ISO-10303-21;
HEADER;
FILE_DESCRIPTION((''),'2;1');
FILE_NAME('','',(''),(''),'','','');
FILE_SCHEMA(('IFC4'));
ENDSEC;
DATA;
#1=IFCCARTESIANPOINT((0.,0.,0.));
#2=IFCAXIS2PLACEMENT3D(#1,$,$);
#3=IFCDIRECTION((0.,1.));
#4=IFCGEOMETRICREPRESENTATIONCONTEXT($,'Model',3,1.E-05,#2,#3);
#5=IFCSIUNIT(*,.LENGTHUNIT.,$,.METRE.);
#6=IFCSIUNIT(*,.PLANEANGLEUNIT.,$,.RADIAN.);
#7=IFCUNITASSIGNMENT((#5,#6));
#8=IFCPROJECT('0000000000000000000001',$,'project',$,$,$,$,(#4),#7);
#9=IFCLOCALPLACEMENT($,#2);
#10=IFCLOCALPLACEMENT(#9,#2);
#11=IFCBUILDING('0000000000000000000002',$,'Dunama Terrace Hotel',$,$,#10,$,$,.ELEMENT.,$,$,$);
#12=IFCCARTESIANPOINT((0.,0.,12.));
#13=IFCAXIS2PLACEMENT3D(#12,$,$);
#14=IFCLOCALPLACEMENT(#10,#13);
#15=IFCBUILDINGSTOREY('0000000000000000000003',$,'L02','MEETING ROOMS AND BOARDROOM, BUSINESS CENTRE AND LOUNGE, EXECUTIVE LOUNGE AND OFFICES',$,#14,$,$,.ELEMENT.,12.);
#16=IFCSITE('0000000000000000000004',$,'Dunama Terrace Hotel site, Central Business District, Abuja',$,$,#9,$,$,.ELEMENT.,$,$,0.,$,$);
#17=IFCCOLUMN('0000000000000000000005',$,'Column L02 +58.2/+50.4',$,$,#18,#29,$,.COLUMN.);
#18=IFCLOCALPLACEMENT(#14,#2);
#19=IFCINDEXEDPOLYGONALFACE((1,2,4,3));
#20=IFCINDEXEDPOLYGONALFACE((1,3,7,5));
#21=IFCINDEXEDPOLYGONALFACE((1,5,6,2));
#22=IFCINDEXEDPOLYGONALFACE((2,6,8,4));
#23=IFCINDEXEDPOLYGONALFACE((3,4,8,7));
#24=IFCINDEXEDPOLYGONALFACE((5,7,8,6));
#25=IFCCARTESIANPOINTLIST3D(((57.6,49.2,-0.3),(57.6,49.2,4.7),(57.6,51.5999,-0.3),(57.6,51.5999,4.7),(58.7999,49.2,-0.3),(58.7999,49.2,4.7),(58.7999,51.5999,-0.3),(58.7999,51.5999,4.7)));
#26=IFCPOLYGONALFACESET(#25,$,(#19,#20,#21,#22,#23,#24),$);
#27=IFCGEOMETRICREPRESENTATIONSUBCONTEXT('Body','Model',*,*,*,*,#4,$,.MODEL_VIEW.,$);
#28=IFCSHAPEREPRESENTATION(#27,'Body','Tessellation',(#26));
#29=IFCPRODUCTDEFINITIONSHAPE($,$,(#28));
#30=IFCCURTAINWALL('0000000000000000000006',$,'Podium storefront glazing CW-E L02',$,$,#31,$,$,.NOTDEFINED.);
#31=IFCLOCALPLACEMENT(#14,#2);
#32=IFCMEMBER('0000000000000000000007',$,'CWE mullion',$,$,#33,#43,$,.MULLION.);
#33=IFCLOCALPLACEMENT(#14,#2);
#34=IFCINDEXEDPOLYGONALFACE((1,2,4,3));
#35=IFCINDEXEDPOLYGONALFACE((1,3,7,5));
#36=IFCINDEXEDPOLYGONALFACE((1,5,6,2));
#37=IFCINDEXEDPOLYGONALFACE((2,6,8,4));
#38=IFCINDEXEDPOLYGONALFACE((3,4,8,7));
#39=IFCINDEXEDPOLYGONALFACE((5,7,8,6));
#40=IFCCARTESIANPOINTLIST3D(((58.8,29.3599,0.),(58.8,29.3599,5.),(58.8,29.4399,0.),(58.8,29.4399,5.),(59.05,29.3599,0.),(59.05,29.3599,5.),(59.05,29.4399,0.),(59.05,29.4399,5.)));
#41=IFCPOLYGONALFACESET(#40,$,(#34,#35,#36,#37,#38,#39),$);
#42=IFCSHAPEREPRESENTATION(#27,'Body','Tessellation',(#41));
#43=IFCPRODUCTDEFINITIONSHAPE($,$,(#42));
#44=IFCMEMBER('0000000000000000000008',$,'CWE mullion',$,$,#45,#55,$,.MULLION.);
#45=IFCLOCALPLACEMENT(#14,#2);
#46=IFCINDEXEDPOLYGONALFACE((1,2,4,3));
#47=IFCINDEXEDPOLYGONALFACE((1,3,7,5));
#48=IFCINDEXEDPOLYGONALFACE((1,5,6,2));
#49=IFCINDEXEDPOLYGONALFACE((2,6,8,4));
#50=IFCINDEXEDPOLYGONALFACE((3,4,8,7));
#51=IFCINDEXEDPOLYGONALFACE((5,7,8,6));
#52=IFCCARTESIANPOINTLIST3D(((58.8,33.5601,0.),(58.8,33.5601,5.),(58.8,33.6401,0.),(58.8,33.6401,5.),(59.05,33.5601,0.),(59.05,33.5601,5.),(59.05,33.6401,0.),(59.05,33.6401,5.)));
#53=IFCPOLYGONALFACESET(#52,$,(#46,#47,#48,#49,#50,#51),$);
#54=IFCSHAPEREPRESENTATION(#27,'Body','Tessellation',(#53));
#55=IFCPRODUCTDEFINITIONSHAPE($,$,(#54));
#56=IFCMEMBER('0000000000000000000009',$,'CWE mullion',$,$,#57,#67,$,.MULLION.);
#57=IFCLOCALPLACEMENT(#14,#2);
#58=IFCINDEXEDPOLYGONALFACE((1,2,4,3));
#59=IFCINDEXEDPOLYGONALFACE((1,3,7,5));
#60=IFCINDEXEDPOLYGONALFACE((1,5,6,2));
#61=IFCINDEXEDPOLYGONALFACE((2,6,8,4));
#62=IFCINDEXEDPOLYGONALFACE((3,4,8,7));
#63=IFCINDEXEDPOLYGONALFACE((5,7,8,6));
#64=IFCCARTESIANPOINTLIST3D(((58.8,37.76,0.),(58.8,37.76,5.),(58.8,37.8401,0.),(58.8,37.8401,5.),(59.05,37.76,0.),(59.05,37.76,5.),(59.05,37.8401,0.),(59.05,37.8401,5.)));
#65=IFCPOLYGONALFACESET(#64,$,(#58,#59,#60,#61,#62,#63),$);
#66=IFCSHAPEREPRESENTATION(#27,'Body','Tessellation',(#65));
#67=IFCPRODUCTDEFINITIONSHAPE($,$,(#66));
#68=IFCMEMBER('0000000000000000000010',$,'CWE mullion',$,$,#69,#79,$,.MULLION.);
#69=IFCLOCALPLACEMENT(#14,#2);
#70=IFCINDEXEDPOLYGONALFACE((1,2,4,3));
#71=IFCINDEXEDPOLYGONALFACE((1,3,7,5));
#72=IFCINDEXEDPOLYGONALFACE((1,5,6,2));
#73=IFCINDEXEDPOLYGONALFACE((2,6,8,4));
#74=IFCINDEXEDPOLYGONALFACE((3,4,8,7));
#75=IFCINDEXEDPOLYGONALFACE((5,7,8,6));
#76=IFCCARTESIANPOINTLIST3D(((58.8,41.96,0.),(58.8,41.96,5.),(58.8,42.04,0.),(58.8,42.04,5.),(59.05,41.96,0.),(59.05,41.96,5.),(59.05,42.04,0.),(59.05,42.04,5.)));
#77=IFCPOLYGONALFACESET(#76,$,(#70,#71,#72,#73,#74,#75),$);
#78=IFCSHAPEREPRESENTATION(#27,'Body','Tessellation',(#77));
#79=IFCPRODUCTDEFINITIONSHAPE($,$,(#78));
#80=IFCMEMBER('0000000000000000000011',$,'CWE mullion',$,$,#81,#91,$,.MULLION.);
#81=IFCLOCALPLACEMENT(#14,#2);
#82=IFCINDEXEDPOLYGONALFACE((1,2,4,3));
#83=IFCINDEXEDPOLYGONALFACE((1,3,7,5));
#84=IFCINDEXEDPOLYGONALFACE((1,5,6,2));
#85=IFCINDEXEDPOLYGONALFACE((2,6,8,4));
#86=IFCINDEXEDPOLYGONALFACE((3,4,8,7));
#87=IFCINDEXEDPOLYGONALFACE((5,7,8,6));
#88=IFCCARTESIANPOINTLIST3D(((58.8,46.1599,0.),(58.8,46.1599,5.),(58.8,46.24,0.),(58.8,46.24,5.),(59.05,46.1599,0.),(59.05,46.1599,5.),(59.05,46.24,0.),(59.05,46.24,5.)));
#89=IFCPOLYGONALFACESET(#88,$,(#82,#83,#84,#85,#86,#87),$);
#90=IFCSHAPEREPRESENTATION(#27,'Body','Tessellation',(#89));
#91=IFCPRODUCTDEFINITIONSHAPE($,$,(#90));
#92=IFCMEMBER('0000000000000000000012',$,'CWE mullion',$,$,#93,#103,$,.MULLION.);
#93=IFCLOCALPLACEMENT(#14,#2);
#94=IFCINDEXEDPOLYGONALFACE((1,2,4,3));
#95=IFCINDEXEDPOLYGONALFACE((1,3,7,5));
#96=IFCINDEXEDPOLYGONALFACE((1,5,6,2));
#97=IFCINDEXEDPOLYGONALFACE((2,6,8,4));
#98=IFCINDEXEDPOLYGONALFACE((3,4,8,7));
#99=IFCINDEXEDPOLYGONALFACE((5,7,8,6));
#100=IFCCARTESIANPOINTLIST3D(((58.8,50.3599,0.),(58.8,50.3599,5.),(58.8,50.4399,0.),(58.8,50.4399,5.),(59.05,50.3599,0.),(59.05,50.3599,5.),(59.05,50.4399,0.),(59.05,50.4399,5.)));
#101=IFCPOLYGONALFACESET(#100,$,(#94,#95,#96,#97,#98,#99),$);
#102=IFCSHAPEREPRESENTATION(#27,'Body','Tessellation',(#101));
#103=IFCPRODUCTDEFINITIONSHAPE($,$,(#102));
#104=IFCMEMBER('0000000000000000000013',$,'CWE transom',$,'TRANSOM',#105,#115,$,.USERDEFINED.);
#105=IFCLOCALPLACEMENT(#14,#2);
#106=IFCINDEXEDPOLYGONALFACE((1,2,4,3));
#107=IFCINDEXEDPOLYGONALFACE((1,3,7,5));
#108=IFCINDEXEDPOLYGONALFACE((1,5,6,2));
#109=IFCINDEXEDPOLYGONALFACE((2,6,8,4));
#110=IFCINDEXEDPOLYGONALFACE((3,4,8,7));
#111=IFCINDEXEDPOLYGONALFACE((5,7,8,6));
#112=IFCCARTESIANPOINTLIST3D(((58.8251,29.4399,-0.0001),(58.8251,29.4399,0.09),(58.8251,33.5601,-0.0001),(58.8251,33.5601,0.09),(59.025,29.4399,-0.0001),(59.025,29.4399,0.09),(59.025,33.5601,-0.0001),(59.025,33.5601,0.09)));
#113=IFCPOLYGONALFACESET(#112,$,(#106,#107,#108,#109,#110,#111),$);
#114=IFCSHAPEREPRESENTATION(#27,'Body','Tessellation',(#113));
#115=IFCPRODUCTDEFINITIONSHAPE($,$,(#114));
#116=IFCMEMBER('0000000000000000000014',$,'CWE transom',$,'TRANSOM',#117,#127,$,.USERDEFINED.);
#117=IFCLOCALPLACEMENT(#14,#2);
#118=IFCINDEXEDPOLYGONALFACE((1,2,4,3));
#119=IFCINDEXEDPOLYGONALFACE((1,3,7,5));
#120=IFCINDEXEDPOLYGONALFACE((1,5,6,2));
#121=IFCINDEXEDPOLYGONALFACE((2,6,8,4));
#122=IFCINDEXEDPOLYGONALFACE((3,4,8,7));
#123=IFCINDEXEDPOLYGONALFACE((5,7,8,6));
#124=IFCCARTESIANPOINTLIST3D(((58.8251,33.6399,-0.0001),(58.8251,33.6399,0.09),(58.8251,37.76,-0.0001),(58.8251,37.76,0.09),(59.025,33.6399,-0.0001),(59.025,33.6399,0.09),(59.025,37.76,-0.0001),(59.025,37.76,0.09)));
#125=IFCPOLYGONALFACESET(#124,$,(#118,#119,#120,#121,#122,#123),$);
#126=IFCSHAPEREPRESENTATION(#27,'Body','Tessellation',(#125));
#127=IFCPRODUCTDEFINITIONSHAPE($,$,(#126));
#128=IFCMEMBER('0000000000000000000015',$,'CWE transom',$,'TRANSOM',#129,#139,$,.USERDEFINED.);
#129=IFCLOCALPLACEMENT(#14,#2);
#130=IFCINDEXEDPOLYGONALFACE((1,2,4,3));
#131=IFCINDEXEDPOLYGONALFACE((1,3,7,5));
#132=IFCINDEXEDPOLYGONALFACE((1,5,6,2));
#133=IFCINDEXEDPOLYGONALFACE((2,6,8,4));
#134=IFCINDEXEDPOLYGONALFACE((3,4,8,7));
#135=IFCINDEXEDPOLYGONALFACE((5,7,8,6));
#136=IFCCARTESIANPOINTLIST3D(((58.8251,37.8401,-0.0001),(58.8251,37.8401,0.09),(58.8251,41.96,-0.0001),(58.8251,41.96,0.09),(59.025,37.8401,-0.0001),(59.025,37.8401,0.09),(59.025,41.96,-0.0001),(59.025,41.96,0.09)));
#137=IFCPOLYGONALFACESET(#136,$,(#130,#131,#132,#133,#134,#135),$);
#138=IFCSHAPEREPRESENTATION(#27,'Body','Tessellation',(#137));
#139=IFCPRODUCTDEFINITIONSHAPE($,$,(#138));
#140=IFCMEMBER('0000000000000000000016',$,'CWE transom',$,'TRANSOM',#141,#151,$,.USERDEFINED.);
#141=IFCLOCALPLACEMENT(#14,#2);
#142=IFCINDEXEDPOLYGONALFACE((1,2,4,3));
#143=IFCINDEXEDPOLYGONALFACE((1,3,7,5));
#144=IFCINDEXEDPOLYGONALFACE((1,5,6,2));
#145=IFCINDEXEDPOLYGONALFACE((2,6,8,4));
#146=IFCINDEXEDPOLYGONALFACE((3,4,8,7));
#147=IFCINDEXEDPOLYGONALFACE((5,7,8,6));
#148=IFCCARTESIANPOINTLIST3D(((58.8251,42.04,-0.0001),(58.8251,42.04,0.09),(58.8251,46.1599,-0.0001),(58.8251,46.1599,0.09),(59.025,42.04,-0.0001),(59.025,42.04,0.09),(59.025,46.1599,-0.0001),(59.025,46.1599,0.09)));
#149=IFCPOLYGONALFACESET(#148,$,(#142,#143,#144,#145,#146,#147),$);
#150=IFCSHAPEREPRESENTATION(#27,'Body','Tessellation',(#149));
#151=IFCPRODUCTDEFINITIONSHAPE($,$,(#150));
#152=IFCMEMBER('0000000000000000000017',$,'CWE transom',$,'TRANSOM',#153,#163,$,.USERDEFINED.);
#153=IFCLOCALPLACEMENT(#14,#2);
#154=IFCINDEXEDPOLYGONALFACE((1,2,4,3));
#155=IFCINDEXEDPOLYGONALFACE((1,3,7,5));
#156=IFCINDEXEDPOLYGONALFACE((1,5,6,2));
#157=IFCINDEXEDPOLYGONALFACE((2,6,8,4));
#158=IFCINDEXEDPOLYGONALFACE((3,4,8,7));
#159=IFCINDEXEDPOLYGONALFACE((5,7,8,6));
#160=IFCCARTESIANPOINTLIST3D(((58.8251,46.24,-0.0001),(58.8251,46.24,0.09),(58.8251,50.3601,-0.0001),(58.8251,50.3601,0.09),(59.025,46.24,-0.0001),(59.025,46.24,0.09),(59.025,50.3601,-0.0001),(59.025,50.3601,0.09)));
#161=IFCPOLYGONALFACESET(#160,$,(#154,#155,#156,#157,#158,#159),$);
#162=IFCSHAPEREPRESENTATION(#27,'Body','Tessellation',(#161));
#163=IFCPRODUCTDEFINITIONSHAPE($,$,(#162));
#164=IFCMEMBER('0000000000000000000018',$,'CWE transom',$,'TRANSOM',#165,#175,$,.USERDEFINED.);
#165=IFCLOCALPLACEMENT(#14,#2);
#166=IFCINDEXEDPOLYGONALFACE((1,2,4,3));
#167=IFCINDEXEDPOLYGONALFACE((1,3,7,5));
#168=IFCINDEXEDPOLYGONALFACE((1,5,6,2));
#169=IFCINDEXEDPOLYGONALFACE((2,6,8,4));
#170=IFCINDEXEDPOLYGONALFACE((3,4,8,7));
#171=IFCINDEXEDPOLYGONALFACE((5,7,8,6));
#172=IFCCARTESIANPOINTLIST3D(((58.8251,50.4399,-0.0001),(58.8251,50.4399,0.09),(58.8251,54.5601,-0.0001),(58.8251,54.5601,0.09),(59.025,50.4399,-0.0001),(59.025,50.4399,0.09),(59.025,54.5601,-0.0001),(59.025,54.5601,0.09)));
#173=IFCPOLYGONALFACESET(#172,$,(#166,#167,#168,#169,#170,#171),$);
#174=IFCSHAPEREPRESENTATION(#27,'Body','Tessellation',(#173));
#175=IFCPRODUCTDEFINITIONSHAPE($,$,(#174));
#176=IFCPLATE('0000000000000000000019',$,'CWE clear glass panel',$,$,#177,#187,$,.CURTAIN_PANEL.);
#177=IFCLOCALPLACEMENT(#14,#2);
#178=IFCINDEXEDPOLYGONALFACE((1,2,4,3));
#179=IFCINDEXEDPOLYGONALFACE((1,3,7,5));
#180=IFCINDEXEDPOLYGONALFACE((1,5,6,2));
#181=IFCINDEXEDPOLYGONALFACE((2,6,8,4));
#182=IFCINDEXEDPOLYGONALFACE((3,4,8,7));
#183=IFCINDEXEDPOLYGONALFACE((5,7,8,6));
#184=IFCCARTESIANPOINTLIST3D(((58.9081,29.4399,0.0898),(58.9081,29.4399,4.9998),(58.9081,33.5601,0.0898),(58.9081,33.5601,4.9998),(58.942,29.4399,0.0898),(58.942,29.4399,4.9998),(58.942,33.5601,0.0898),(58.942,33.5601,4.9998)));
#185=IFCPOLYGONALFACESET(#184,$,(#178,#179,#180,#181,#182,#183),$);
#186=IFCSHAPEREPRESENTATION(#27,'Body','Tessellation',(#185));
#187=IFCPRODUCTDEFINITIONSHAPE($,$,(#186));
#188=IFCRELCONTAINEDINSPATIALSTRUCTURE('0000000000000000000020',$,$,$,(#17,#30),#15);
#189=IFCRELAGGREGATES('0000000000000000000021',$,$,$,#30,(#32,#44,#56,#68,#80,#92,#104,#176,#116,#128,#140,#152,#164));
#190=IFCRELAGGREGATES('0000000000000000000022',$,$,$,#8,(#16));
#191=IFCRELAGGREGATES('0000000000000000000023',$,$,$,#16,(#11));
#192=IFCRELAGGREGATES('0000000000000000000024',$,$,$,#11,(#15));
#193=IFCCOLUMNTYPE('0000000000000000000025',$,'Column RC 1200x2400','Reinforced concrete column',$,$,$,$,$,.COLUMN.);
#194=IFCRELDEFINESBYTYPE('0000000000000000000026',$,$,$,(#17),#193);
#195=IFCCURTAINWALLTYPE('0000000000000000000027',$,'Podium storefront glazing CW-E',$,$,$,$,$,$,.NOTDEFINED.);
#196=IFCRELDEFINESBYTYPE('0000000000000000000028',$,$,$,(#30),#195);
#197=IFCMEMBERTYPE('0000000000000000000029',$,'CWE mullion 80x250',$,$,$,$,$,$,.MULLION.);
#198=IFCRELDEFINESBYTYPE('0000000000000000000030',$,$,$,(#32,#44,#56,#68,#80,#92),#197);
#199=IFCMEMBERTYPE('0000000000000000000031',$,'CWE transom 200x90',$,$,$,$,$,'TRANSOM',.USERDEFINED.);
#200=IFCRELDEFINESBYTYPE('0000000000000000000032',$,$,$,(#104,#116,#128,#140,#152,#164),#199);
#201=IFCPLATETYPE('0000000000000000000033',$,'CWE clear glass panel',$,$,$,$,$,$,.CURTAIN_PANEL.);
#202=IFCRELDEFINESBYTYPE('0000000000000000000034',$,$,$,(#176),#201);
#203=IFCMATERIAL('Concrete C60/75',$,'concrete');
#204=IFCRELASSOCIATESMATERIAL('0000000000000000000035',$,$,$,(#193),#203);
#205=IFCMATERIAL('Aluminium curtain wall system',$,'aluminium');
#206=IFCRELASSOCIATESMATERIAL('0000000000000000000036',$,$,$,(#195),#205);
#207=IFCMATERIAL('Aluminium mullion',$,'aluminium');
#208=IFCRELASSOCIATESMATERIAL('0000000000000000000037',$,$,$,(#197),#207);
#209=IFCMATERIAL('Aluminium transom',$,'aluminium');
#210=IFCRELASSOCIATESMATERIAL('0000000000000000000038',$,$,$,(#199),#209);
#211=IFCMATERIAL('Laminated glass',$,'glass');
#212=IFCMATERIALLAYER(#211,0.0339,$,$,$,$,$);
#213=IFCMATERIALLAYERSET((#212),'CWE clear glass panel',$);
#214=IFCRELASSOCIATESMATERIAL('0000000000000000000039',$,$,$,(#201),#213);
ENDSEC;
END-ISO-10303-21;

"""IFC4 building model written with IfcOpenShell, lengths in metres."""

from ifc_helpers import new_model, si_unit, direction, frame, origin, origin_2d, place, context, subcontext, project, spatial, rectangle, extrude, material, layer, layer_set, material_profile, profile_set, type_object, element, aggregate, save


model = new_model("IFC4")

# Units and contexts
model_context = context("Model", 3, precision=1e-05, world=origin(), true_north=direction((0.0, 1.0)))
body_context = subcontext(model_context, "Body", "Model", "MODEL_VIEW")
ifc_project = project(units=[si_unit("LENGTHUNIT", "METRE"), si_unit("PLANEANGLEUNIT", "RADIAN")], contexts=[model_context])

# Site, building, storey
site_placement = place(None, origin())
site = spatial("IfcSite", under=ifc_project, at=site_placement, Name="Dunama Terrace Hotel site, Central Business District, Abuja", CompositionType="ELEMENT", RefElevation=0.0)
building_placement = place(site_placement, origin())
building = spatial("IfcBuilding", under=site, at=building_placement, Name="Dunama Terrace Hotel", CompositionType="ELEMENT")
storey_placement = place(building_placement, frame((0.0, 0.0, 12.0)))
storey = spatial("IfcBuildingStorey", under=building, at=storey_placement, Name="L02", Description="MEETING ROOMS AND BOARDROOM, BUSINESS CENTRE AND LOUNGE, EXECUTIVE LOUNGE AND OFFICES", CompositionType="ELEMENT", Elevation=12.0)

# Column
ifc_material_1 = material(Name="Concrete C60/75", Category="concrete")
ifc_material_profile_1 = material_profile(ifc_material_1, rectangle(XDim=1.2, YDim=2.3999, at=origin_2d()), Name="RC 1200x2400")
ifc_profile_set_1 = profile_set([ifc_material_profile_1], Name="Concrete C60/75")
column_type = type_object("IfcColumnType", Name="Column RC 1200x2400", Description="Reinforced concrete column", PredefinedType="COLUMN", material=ifc_profile_set_1)
column_placement = place(storey_placement, frame((58.2, 50.3999, -0.3), z_axis=(0.0, 0.0, 1.0), x_axis=(1.0, 0.0, 0.0)))
element("IfcColumn", 1, at=column_placement, inside=storey, type_object=column_type, Name="Column L02 +58.2/+50.4", PredefinedType="COLUMN", context=body_context, shape_type="SweptSolid", body=[
    extrude(rectangle(XDim=1.2, YDim=2.3999, at=origin_2d()), origin(), (0.0, 0.0, 1.0), 5.0),
])

# Curtain wall, members, plate
ifc_material_2 = material(Name="Aluminium curtain wall system", Category="aluminium")
curtain_wall_type = type_object("IfcCurtainWallType", Name="Podium storefront glazing CW-E", PredefinedType="NOTDEFINED", material=ifc_material_2)
curtain_wall_placement = place(storey_placement, origin())
curtain_wall = element("IfcCurtainWall", 2, at=curtain_wall_placement, inside=storey, type_object=curtain_wall_type, Name="Podium storefront glazing CW-E L02", PredefinedType="NOTDEFINED")
ifc_material_3 = material(Name="Aluminium mullion", Category="aluminium")
ifc_material_profile_2 = material_profile(ifc_material_3, rectangle(XDim=0.0801, YDim=0.25, at=origin_2d()), Name="CWE MULLION 80X250")
ifc_profile_set_2 = profile_set([ifc_material_profile_2], Name="Aluminium mullion")
member_type_1 = type_object("IfcMemberType", Name="CWE mullion 80x250", PredefinedType="MULLION", material=ifc_profile_set_2)
member_1_placement = place(storey_placement, frame((58.925, 29.3999, 0.0), z_axis=(0.0, 0.0, 1.0), x_axis=(0.0, 1.0, 0.0)))
member_1 = element("IfcMember", 3, at=member_1_placement, type_object=member_type_1, Name="CWE mullion", PredefinedType="MULLION", context=body_context, shape_type="SweptSolid", body=[
    extrude(rectangle(XDim=0.0801, YDim=0.25, at=origin_2d()), origin(), (0.0, 0.0, 1.0), 5.0),
])
member_2_placement = place(storey_placement, frame((58.925, 33.6001, 0.0), z_axis=(0.0, 0.0, 1.0), x_axis=(0.0, 1.0, 0.0)))
member_2 = element("IfcMember", 4, at=member_2_placement, type_object=member_type_1, Name="CWE mullion", PredefinedType="MULLION", context=body_context, shape_type="SweptSolid", body=[
    extrude(rectangle(XDim=0.0801, YDim=0.25, at=origin_2d()), origin(), (0.0, 0.0, 1.0), 5.0),
])
member_3_placement = place(storey_placement, frame((58.925, 37.8, 0.0), z_axis=(0.0, 0.0, 1.0), x_axis=(0.0, 1.0, 0.0)))
member_3 = element("IfcMember", 5, at=member_3_placement, type_object=member_type_1, Name="CWE mullion", PredefinedType="MULLION", context=body_context, shape_type="SweptSolid", body=[
    extrude(rectangle(XDim=0.0801, YDim=0.25, at=origin_2d()), origin(), (0.0, 0.0, 1.0), 5.0),
])
member_4_placement = place(storey_placement, frame((58.925, 42.0, 0.0), z_axis=(0.0, 0.0, 1.0), x_axis=(0.0, 1.0, 0.0)))
member_4 = element("IfcMember", 6, at=member_4_placement, type_object=member_type_1, Name="CWE mullion", PredefinedType="MULLION", context=body_context, shape_type="SweptSolid", body=[
    extrude(rectangle(XDim=0.0801, YDim=0.25, at=origin_2d()), origin(), (0.0, 0.0, 1.0), 5.0),
])
member_5_placement = place(storey_placement, frame((58.925, 46.2, 0.0), z_axis=(0.0, 0.0, 1.0), x_axis=(0.0, 1.0, 0.0)))
member_5 = element("IfcMember", 7, at=member_5_placement, type_object=member_type_1, Name="CWE mullion", PredefinedType="MULLION", context=body_context, shape_type="SweptSolid", body=[
    extrude(rectangle(XDim=0.0801, YDim=0.25, at=origin_2d()), origin(), (0.0, 0.0, 1.0), 5.0),
])
member_6_placement = place(storey_placement, frame((58.925, 50.3999, 0.0), z_axis=(0.0, 0.0, 1.0), x_axis=(0.0, 1.0, 0.0)))
member_6 = element("IfcMember", 8, at=member_6_placement, type_object=member_type_1, Name="CWE mullion", PredefinedType="MULLION", context=body_context, shape_type="SweptSolid", body=[
    extrude(rectangle(XDim=0.0801, YDim=0.25, at=origin_2d()), origin(), (0.0, 0.0, 1.0), 5.0),
])
ifc_material_4 = material(Name="Aluminium transom", Category="aluminium")
ifc_material_profile_3 = material_profile(ifc_material_4, rectangle(XDim=0.2, YDim=0.0901, at=origin_2d()), Name="CWE TRANSOM 200X90")
ifc_profile_set_3 = profile_set([ifc_material_profile_3], Name="Aluminium transom")
member_type_2 = type_object("IfcMemberType", Name="CWE transom 200x90", ElementType="TRANSOM", PredefinedType="USERDEFINED", material=ifc_profile_set_3)
member_7_placement = place(storey_placement, frame((58.925, 29.4399, 0.0449), z_axis=(0.0, 1.0, 0.0), x_axis=(-1.0, 0.0, 0.0)))
member_7 = element("IfcMember", 9, at=member_7_placement, type_object=member_type_2, Name="CWE transom", ObjectType="TRANSOM", PredefinedType="USERDEFINED", context=body_context, shape_type="SweptSolid", body=[
    extrude(rectangle(XDim=0.2, YDim=0.0901, at=origin_2d()), origin(), (0.0, 0.0, 1.0), 4.1201),
])
member_8_placement = place(storey_placement, frame((58.925, 33.6399, 0.0449), z_axis=(0.0, 1.0, 0.0), x_axis=(-1.0, 0.0, 0.0)))
member_8 = element("IfcMember", 10, at=member_8_placement, type_object=member_type_2, Name="CWE transom", ObjectType="TRANSOM", PredefinedType="USERDEFINED", context=body_context, shape_type="SweptSolid", body=[
    extrude(rectangle(XDim=0.2, YDim=0.0901, at=origin_2d()), origin(), (0.0, 0.0, 1.0), 4.1201),
])
member_9_placement = place(storey_placement, frame((58.925, 37.8401, 0.0449), z_axis=(0.0, 1.0, 0.0), x_axis=(-1.0, 0.0, 0.0)))
member_9 = element("IfcMember", 11, at=member_9_placement, type_object=member_type_2, Name="CWE transom", ObjectType="TRANSOM", PredefinedType="USERDEFINED", context=body_context, shape_type="SweptSolid", body=[
    extrude(rectangle(XDim=0.2, YDim=0.0901, at=origin_2d()), origin(), (0.0, 0.0, 1.0), 4.1199),
])
member_10_placement = place(storey_placement, frame((58.925, 42.04, 0.0449), z_axis=(0.0, 1.0, 0.0), x_axis=(-1.0, 0.0, 0.0)))
member_10 = element("IfcMember", 12, at=member_10_placement, type_object=member_type_2, Name="CWE transom", ObjectType="TRANSOM", PredefinedType="USERDEFINED", context=body_context, shape_type="SweptSolid", body=[
    extrude(rectangle(XDim=0.2, YDim=0.0901, at=origin_2d()), origin(), (0.0, 0.0, 1.0), 4.1199),
])
member_11_placement = place(storey_placement, frame((58.925, 46.24, 0.0449), z_axis=(0.0, 1.0, 0.0), x_axis=(-1.0, 0.0, 0.0)))
member_11 = element("IfcMember", 13, at=member_11_placement, type_object=member_type_2, Name="CWE transom", ObjectType="TRANSOM", PredefinedType="USERDEFINED", context=body_context, shape_type="SweptSolid", body=[
    extrude(rectangle(XDim=0.2, YDim=0.0901, at=origin_2d()), origin(), (0.0, 0.0, 1.0), 4.1201),
])
member_12_placement = place(storey_placement, frame((58.925, 50.4399, 0.0449), z_axis=(0.0, 1.0, 0.0), x_axis=(-1.0, 0.0, 0.0)))
member_12 = element("IfcMember", 14, at=member_12_placement, type_object=member_type_2, Name="CWE transom", ObjectType="TRANSOM", PredefinedType="USERDEFINED", context=body_context, shape_type="SweptSolid", body=[
    extrude(rectangle(XDim=0.2, YDim=0.0901, at=origin_2d()), origin(), (0.0, 0.0, 1.0), 4.1201),
])
ifc_material_5 = material(Name="Laminated glass", Category="glass")
ifc_layer_1 = layer(ifc_material_5, 0.0339)
ifc_layer_set_1 = layer_set([ifc_layer_1], Name="CWE clear glass panel")
plate_type_1 = type_object("IfcPlateType", Name="CWE clear glass panel", PredefinedType="CURTAIN_PANEL", material=ifc_layer_set_1)
plate_1_placement = place(storey_placement, frame((58.925, 31.5, 0.0898), z_axis=(0.0, 0.0, 1.0), x_axis=(0.0, 1.0, 0.0)))
plate_1 = element("IfcPlate", 15, at=plate_1_placement, type_object=plate_type_1, Name="CWE clear glass panel", PredefinedType="CURTAIN_PANEL", context=body_context, shape_type="SweptSolid", body=[
    extrude(rectangle(XDim=4.1201, YDim=0.0339, at=origin_2d()), origin(), (0.0, 0.0, 1.0), 4.9099),
])
aggregate(curtain_wall, [member_1, member_2, member_3, member_4, member_5, member_6, member_7, plate_1, member_8, member_9, member_10, member_11, member_12])

save(model, "model.ifc")
